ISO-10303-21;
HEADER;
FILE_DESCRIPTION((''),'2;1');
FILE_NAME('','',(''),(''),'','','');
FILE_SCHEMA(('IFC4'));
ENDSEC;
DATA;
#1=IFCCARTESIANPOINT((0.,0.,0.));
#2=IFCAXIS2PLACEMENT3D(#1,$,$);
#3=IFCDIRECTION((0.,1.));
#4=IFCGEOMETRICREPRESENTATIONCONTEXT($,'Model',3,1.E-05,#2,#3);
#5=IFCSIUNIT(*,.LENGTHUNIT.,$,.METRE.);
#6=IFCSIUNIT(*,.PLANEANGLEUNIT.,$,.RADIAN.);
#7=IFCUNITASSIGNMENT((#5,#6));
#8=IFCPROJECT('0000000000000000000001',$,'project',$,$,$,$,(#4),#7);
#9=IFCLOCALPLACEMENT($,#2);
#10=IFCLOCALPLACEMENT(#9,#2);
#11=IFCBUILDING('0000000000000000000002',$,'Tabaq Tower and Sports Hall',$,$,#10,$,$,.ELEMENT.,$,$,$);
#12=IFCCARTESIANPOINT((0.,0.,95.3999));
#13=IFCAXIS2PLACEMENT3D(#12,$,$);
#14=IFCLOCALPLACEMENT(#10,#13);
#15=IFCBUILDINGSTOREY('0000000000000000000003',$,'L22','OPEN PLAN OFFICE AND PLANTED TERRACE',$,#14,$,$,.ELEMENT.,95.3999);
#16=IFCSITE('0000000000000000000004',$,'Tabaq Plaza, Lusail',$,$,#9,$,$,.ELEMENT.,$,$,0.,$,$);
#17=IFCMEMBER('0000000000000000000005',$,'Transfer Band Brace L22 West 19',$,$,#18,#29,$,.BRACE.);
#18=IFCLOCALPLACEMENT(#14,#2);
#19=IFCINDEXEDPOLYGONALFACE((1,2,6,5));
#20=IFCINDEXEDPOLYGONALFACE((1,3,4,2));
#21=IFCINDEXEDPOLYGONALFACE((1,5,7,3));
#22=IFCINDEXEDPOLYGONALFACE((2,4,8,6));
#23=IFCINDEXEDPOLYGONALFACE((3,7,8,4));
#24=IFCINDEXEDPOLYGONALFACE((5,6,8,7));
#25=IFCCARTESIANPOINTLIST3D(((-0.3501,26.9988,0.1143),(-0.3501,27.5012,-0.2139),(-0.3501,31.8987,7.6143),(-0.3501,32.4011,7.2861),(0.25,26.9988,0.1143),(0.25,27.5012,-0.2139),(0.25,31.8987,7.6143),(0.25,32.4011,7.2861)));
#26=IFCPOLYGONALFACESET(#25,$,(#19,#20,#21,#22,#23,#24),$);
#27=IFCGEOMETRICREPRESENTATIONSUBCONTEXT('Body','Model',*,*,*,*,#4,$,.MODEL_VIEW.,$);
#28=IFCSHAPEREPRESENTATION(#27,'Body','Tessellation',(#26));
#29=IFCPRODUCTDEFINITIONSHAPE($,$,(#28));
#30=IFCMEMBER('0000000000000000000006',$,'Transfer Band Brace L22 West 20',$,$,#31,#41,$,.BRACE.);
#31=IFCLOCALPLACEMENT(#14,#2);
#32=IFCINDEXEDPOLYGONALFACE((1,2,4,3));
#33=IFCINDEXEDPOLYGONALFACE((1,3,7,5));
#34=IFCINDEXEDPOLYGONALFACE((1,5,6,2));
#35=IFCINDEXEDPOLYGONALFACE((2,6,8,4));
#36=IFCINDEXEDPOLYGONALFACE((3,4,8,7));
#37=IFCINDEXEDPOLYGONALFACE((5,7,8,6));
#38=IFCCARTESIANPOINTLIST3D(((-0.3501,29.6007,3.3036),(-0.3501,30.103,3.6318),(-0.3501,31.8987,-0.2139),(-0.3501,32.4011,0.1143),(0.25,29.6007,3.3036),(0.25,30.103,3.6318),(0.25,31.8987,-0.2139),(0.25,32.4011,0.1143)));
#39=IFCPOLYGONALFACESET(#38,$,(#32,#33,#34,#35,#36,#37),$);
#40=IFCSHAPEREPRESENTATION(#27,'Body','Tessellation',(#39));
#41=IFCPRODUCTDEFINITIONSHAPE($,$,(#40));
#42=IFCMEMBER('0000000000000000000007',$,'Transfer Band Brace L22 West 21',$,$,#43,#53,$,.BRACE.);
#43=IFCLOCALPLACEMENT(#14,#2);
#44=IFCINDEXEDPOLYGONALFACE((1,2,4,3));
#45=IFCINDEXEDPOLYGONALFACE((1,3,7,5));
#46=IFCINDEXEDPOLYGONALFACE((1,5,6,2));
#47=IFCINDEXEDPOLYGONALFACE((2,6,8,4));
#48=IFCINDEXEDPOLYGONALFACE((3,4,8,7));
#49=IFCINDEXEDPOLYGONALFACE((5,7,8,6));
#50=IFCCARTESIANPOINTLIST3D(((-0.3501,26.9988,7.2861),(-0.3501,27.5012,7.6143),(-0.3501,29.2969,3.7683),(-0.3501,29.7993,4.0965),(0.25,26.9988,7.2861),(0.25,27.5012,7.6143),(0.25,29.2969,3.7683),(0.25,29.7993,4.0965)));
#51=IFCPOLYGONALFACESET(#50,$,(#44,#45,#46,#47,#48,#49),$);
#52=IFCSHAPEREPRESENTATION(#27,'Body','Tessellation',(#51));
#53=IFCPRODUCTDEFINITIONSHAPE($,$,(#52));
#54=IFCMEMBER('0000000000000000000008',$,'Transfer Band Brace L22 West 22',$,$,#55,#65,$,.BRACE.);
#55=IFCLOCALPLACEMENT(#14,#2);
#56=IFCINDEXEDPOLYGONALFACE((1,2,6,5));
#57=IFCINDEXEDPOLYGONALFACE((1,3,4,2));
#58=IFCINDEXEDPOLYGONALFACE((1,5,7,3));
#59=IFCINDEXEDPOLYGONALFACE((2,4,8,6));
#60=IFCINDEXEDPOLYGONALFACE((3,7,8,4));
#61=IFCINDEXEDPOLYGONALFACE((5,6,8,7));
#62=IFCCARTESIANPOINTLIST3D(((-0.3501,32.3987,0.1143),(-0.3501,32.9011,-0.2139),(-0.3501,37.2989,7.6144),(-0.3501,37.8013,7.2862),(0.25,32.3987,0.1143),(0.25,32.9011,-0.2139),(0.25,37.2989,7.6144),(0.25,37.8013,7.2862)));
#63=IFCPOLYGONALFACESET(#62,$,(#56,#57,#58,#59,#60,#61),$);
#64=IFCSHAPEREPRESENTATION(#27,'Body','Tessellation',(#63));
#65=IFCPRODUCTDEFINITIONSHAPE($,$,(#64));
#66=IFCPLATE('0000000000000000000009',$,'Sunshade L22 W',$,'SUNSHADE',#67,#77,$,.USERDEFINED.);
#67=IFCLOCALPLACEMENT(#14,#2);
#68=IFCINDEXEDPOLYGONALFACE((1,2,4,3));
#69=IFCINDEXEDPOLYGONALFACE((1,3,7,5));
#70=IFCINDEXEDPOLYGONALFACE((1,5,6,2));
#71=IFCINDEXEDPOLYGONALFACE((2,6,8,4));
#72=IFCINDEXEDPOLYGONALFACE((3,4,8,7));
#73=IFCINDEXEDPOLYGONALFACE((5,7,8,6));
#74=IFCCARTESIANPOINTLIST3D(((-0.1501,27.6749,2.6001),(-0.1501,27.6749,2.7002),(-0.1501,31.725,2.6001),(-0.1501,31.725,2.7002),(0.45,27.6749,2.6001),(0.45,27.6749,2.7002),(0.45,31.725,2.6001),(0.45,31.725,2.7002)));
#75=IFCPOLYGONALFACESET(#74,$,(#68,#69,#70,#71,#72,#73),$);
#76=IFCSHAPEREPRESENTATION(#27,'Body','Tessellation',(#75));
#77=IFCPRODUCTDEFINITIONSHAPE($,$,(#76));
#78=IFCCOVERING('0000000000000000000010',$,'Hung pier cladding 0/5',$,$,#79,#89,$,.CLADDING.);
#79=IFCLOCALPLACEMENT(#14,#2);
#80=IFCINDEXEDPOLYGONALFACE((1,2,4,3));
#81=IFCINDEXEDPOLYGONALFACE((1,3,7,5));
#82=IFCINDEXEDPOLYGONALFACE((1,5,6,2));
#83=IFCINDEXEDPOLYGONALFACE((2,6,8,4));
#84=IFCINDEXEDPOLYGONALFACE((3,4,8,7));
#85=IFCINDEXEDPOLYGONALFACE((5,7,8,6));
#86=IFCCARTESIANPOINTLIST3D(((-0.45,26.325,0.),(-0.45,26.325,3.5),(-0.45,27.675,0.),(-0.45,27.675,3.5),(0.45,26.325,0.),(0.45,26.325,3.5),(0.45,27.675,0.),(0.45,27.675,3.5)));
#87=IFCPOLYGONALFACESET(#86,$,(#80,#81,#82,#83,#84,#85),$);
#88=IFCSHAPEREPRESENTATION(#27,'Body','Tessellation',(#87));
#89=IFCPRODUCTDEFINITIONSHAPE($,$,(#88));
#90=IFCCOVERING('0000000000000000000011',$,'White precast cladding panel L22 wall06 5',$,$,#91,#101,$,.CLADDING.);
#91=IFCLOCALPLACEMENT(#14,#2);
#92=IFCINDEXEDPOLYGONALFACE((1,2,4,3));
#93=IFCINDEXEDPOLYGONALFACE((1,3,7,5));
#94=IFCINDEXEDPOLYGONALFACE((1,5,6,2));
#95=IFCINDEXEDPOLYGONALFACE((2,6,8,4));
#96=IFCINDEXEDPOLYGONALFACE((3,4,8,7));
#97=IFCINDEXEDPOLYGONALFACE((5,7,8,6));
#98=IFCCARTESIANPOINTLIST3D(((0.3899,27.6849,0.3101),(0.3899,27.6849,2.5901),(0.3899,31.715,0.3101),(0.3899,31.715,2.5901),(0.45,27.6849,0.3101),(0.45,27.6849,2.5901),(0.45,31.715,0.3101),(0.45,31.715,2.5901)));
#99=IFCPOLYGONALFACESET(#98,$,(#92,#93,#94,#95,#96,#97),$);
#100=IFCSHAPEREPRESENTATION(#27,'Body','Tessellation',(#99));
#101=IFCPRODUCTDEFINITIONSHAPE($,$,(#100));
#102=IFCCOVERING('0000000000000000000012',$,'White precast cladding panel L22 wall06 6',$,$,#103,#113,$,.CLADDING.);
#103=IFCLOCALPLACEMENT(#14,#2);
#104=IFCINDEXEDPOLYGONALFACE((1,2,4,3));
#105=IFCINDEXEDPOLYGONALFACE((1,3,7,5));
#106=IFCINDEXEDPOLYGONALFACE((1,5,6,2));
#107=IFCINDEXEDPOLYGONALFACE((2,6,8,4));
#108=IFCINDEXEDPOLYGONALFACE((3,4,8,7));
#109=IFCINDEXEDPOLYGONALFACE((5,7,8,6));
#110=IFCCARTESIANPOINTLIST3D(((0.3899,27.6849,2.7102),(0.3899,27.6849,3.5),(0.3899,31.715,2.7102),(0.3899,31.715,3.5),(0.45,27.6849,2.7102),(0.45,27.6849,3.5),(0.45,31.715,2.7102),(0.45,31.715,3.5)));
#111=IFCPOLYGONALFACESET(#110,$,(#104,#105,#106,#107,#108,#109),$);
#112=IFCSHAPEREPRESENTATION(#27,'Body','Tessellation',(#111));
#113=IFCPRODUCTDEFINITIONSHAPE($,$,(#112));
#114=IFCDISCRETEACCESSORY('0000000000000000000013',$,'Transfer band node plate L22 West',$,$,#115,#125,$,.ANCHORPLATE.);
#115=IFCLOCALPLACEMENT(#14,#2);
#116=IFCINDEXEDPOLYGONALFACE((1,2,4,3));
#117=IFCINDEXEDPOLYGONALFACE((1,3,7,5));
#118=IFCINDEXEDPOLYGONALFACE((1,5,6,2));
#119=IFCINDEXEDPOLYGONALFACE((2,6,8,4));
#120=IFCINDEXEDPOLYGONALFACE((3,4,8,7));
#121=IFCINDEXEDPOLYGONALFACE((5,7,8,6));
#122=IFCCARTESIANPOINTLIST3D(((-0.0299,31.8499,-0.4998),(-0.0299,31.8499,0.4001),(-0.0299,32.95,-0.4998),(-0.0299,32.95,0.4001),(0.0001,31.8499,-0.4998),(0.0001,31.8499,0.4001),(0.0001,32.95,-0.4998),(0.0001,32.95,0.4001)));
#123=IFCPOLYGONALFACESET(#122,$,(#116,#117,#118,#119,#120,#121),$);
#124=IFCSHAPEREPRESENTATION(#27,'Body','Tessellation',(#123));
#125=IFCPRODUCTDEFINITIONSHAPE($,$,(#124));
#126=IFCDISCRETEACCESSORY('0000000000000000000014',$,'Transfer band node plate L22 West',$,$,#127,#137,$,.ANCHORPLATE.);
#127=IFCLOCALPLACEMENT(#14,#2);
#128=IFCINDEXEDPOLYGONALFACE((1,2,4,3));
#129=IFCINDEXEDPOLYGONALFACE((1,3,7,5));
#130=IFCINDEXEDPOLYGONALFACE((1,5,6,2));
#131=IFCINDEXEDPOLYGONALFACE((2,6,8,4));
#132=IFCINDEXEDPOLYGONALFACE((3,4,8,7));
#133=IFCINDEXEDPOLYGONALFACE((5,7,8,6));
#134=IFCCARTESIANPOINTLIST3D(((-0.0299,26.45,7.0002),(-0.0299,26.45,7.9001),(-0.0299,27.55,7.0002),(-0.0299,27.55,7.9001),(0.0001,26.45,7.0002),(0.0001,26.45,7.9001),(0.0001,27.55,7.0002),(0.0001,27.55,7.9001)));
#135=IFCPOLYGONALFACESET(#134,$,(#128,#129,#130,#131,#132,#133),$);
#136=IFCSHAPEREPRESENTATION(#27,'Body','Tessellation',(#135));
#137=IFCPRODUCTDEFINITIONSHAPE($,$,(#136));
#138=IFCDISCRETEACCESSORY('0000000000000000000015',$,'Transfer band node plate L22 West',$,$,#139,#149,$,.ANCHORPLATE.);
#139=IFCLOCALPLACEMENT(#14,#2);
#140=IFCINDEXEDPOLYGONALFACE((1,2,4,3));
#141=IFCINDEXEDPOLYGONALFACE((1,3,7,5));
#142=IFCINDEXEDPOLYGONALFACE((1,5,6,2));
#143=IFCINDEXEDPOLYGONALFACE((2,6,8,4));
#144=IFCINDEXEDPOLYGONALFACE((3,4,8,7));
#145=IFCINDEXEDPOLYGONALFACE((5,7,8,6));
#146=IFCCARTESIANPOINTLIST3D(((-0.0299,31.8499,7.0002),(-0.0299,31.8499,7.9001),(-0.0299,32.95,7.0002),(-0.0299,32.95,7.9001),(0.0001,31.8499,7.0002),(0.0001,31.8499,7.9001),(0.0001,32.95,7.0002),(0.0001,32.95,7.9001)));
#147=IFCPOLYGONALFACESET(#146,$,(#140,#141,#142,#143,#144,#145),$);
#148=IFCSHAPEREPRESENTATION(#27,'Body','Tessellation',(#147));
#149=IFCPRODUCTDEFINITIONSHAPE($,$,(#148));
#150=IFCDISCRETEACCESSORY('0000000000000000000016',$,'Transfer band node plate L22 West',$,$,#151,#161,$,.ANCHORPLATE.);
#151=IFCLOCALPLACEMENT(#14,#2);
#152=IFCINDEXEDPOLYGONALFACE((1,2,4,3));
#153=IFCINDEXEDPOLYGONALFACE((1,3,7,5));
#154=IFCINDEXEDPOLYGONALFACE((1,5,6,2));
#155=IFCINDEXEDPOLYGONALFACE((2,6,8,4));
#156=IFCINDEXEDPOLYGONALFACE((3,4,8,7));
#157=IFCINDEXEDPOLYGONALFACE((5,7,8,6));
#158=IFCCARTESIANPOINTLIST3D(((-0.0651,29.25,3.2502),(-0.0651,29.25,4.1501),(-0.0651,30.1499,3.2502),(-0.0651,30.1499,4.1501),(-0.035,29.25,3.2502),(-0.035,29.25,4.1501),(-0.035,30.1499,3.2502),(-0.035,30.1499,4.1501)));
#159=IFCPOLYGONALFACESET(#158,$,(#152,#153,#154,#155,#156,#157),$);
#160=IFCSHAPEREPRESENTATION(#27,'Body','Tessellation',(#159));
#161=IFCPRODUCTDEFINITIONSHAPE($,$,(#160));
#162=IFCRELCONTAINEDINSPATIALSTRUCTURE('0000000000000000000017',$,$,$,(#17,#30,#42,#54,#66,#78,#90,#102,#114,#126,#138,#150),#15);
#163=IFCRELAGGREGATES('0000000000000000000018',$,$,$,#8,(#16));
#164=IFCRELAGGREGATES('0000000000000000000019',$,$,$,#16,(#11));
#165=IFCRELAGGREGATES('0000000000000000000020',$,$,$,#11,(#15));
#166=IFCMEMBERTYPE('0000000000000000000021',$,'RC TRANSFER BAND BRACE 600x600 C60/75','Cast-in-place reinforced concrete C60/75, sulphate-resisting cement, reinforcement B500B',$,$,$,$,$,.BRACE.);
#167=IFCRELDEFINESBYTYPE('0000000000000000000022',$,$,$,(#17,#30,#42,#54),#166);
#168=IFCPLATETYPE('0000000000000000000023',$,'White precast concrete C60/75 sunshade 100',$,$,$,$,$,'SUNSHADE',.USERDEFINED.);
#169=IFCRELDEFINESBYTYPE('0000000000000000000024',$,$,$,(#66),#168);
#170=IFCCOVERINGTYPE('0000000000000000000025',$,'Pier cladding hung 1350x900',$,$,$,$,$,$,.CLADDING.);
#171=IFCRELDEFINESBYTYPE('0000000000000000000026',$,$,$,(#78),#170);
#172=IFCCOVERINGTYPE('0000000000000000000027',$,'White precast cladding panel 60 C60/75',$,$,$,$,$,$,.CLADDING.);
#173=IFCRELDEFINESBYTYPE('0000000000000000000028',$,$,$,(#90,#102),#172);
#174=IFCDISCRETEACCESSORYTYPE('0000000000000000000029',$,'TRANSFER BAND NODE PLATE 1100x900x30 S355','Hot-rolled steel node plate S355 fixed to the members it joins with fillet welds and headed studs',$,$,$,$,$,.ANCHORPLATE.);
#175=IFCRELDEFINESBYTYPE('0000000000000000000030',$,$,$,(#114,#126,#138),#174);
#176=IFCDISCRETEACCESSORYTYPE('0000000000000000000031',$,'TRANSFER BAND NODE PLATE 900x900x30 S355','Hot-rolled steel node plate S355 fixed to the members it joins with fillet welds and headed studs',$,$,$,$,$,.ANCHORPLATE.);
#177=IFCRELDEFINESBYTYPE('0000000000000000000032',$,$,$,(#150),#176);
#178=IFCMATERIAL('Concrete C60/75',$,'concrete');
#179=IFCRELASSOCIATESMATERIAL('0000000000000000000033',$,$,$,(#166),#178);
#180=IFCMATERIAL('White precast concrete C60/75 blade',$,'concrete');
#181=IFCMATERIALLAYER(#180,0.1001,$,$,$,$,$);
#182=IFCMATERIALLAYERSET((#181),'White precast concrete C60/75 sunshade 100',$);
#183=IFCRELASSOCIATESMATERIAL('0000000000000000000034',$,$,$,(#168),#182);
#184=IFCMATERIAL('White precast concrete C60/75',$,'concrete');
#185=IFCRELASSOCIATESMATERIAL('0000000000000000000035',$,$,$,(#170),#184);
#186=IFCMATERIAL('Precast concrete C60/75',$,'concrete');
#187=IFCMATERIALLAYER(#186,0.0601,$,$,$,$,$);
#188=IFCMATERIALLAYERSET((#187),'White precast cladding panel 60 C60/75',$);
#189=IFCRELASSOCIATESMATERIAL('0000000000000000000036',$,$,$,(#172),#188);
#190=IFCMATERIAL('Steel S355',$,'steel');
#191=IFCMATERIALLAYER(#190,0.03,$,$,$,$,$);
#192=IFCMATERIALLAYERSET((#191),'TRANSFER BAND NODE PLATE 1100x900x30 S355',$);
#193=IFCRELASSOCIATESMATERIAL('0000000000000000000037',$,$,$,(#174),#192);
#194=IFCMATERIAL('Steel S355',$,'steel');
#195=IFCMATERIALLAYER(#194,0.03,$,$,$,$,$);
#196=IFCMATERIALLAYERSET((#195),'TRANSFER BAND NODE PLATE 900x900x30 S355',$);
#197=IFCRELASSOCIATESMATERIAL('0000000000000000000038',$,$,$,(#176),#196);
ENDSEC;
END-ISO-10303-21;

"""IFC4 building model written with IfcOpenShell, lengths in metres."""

from ifc_helpers import new_model, si_unit, direction, frame, frame_2d, origin, origin_2d, place, context, subcontext, project, spatial, rectangle, extrude, material, layer, layer_set, material_profile, profile_set, type_object, element, save


model = new_model("IFC4")

# Units and contexts
model_context = context("Model", 3, precision=1e-05, world=origin(), true_north=direction((0.0, 1.0)))
body_context = subcontext(model_context, "Body", "Model", "MODEL_VIEW")
ifc_project = project(units=[si_unit("LENGTHUNIT", "METRE"), si_unit("PLANEANGLEUNIT", "RADIAN")], contexts=[model_context])

# Site, building, storey
site_placement = place(None, origin())
site = spatial("IfcSite", under=ifc_project, at=site_placement, Name="Tabaq Plaza, Lusail", CompositionType="ELEMENT", RefElevation=0.0)
building_placement = place(site_placement, origin())
building = spatial("IfcBuilding", under=site, at=building_placement, Name="Tabaq Tower and Sports Hall", CompositionType="ELEMENT")
storey_placement = place(building_placement, frame((0.0, 0.0, 95.3999)))
storey = spatial("IfcBuildingStorey", under=building, at=storey_placement, Name="L22", Description="OPEN PLAN OFFICE AND PLANTED TERRACE", CompositionType="ELEMENT", Elevation=95.3999)

# Members
ifc_material_1 = material(Name="Concrete C60/75", Category="concrete")
ifc_material_profile = material_profile(ifc_material_1, rectangle(XDim=0.6001, YDim=0.6001, at=origin_2d()), Name="TRANSFER BAND BRACE 600x600")
ifc_profile_set = profile_set([ifc_material_profile], Name="Concrete C60/75")
member_type = type_object("IfcMemberType", Name="RC TRANSFER BAND BRACE 600x600 C60/75", Description="Cast-in-place reinforced concrete C60/75, sulphate-resisting cement, reinforcement B500B", PredefinedType="BRACE", material=ifc_profile_set)
member_1_placement = place(storey_placement, frame((-0.05, 27.25, -0.0498), z_axis=(0.0, 0.546941, 0.837171), x_axis=(-1.0, 0.0, 0.0)))
element("IfcMember", 1, at=member_1_placement, inside=storey, type_object=member_type, Name="Transfer Band Brace L22 West 19", PredefinedType="BRACE", context=body_context, shape_type="SweptSolid", body=[
    extrude(rectangle(XDim=0.6001, YDim=0.6001, at=origin_2d()), origin(), (0.0, 0.0, 1.0), 8.9587),
])
member_2_placement = place(storey_placement, frame((-0.05, 32.1499, -0.0498), z_axis=(0.0, -0.546939, 0.837172), x_axis=(1.0, 0.0, 0.0)))
element("IfcMember", 2, at=member_2_placement, inside=storey, type_object=member_type, Name="Transfer Band Brace L22 West 20", PredefinedType="BRACE", context=body_context, shape_type="SweptSolid", body=[
    extrude(rectangle(XDim=0.6001, YDim=0.6001, at=origin_2d()), origin(), (0.0, 0.0, 1.0), 4.2017),
])
member_3_placement = place(storey_placement, frame((-0.05, 29.5481, 3.9324), z_axis=(0.0, -0.546913, 0.83719), x_axis=(1.0, 0.0, 0.0)))
element("IfcMember", 3, at=member_3_placement, inside=storey, type_object=member_type, Name="Transfer Band Brace L22 West 21", PredefinedType="BRACE", context=body_context, shape_type="SweptSolid", body=[
    extrude(rectangle(XDim=0.6001, YDim=0.6001, at=origin_2d()), origin(), (0.0, 0.0, 1.0), 4.2019),
])
member_4_placement = place(storey_placement, frame((-0.05, 32.6499, -0.0498), z_axis=(0.0, 0.54696, 0.837159), x_axis=(-1.0, 0.0, 0.0)))
element("IfcMember", 4, at=member_4_placement, inside=storey, type_object=member_type, Name="Transfer Band Brace L22 West 22", PredefinedType="BRACE", context=body_context, shape_type="SweptSolid", body=[
    extrude(rectangle(XDim=0.6001, YDim=0.6001, at=origin_2d()), origin(), (0.0, 0.0, 1.0), 8.959),
])

# Plate
ifc_material_2 = material(Name="White precast concrete C60/75 blade", Category="concrete")
ifc_layer_1 = layer(ifc_material_2, 0.1001)
ifc_layer_set_1 = layer_set([ifc_layer_1], Name="White precast concrete C60/75 sunshade 100")
plate_type = type_object("IfcPlateType", Name="White precast concrete C60/75 sunshade 100", ElementType="SUNSHADE", PredefinedType="USERDEFINED", material=ifc_layer_set_1)
plate_placement = place(storey_placement, frame((0.1499, 29.7, 2.6001), z_axis=(0.0, 0.0, 1.0), x_axis=(0.0, -1.0, 0.0)))
element("IfcPlate", 5, at=plate_placement, inside=storey, type_object=plate_type, Name="Sunshade L22 W", ObjectType="SUNSHADE", PredefinedType="USERDEFINED", context=body_context, shape_type="SweptSolid", body=[
    extrude(rectangle(XDim=4.05, YDim=0.6001, at=origin_2d()), origin(), (0.0, 0.0, 1.0), 0.1001),
])

# Coverings
ifc_material_3 = material(Name="White precast concrete C60/75", Category="concrete")
covering_type_1 = type_object("IfcCoveringType", Name="Pier cladding hung 1350x900", PredefinedType="CLADDING", material=ifc_material_3)
covering_1_placement = place(storey_placement, frame((0.0, 27.675, 0.0), z_axis=(0.0, 0.0, 1.0), x_axis=(0.0, -1.0, 0.0)))
element("IfcCovering", 6, at=covering_1_placement, inside=storey, type_object=covering_type_1, Name="Hung pier cladding 0/5", PredefinedType="CLADDING", context=body_context, shape_type="SweptSolid", body=[
    extrude(rectangle(XDim=1.3501, YDim=0.8999, at=frame_2d((0.675, 0.0))), origin(), (0.0, 0.0, 1.0), 3.5),
])
ifc_material_4 = material(Name="Precast concrete C60/75", Category="concrete")
ifc_layer_2 = layer(ifc_material_4, 0.0601)
ifc_layer_set_2 = layer_set([ifc_layer_2], Name="White precast cladding panel 60 C60/75")
covering_type_2 = type_object("IfcCoveringType", Name="White precast cladding panel 60 C60/75", PredefinedType="CLADDING", material=ifc_layer_set_2)
covering_2_placement = place(storey_placement, frame((0.4199, 31.7151, 0.3101), z_axis=(0.0, 0.0, 1.0), x_axis=(0.0, -1.0, 0.0)))
element("IfcCovering", 7, at=covering_2_placement, inside=storey, type_object=covering_type_2, Name="White precast cladding panel L22 wall06 5", PredefinedType="CLADDING", context=body_context, shape_type="SweptSolid", body=[
    extrude(rectangle(XDim=4.03, YDim=0.0601, at=frame_2d((2.0151, 0.0))), origin(), (0.0, 0.0, 1.0), 2.28),
])
covering_3_placement = place(storey_placement, frame((0.4199, 31.7151, 2.7102), z_axis=(0.0, 0.0, 1.0), x_axis=(0.0, -1.0, 0.0)))
element("IfcCovering", 8, at=covering_3_placement, inside=storey, type_object=covering_type_2, Name="White precast cladding panel L22 wall06 6", PredefinedType="CLADDING", context=body_context, shape_type="SweptSolid", body=[
    extrude(rectangle(XDim=4.03, YDim=0.0601, at=frame_2d((2.0151, 0.0))), origin(), (0.0, 0.0, 1.0), 0.7898),
])

# Discrete accessories
ifc_material_5 = material(Name="Steel S355", Category="steel")
ifc_layer_3 = layer(ifc_material_5, 0.03)
ifc_layer_set_3 = layer_set([ifc_layer_3], Name="TRANSFER BAND NODE PLATE 1100x900x30 S355")
discrete_accessory_type_1 = type_object("IfcDiscreteAccessoryType", Name="TRANSFER BAND NODE PLATE 1100x900x30 S355", Description="Hot-rolled steel node plate S355 fixed to the members it joins with fillet welds and headed studs", PredefinedType="ANCHORPLATE", material=ifc_layer_set_3)
for number, where, z_axis, x_axis, name in (
    (9, (-0.0149, 32.3999, -0.4998), (0.0, 0.0, 1.0), (0.0, -1.0, 0.0), "Transfer band node plate L22 West"),
    (10, (-0.0149, 27.0, 7.0002), (0.0, 0.0, 1.0), (0.0, -1.0, 0.0), "Transfer band node plate L22 West"),
    (11, (-0.0149, 32.3999, 7.0002), (0.0, 0.0, 1.0), (0.0, -1.0, 0.0), "Transfer band node plate L22 West"),
):
    element("IfcDiscreteAccessory", number, at=place(storey_placement, frame(where, z_axis=z_axis, x_axis=x_axis)), inside=storey, type_object=discrete_accessory_type_1, Name=name, PredefinedType="ANCHORPLATE", context=body_context, shape_type="SweptSolid", body=[
        extrude(rectangle(XDim=1.1001, YDim=0.03, at=origin_2d()), origin(), (0.0, 0.0, 1.0), 0.8999),
    ])
ifc_material_6 = material(Name="Steel S355", Category="steel")
ifc_layer_4 = layer(ifc_material_6, 0.03)
ifc_layer_set_4 = layer_set([ifc_layer_4], Name="TRANSFER BAND NODE PLATE 900x900x30 S355")
discrete_accessory_type_2 = type_object("IfcDiscreteAccessoryType", Name="TRANSFER BAND NODE PLATE 900x900x30 S355", Description="Hot-rolled steel node plate S355 fixed to the members it joins with fillet welds and headed studs", PredefinedType="ANCHORPLATE", material=ifc_layer_set_4)
discrete_accessory_placement = place(storey_placement, frame((-0.05, 29.7, 3.2502), z_axis=(0.0, 0.0, 1.0), x_axis=(0.0, -1.0, 0.0)))
element("IfcDiscreteAccessory", 12, at=discrete_accessory_placement, inside=storey, type_object=discrete_accessory_type_2, Name="Transfer band node plate L22 West", PredefinedType="ANCHORPLATE", context=body_context, shape_type="SweptSolid", body=[
    extrude(rectangle(XDim=0.8999, YDim=0.03, at=origin_2d()), origin(), (0.0, 0.0, 1.0), 0.8999),
])

save(model, "model.ifc")
